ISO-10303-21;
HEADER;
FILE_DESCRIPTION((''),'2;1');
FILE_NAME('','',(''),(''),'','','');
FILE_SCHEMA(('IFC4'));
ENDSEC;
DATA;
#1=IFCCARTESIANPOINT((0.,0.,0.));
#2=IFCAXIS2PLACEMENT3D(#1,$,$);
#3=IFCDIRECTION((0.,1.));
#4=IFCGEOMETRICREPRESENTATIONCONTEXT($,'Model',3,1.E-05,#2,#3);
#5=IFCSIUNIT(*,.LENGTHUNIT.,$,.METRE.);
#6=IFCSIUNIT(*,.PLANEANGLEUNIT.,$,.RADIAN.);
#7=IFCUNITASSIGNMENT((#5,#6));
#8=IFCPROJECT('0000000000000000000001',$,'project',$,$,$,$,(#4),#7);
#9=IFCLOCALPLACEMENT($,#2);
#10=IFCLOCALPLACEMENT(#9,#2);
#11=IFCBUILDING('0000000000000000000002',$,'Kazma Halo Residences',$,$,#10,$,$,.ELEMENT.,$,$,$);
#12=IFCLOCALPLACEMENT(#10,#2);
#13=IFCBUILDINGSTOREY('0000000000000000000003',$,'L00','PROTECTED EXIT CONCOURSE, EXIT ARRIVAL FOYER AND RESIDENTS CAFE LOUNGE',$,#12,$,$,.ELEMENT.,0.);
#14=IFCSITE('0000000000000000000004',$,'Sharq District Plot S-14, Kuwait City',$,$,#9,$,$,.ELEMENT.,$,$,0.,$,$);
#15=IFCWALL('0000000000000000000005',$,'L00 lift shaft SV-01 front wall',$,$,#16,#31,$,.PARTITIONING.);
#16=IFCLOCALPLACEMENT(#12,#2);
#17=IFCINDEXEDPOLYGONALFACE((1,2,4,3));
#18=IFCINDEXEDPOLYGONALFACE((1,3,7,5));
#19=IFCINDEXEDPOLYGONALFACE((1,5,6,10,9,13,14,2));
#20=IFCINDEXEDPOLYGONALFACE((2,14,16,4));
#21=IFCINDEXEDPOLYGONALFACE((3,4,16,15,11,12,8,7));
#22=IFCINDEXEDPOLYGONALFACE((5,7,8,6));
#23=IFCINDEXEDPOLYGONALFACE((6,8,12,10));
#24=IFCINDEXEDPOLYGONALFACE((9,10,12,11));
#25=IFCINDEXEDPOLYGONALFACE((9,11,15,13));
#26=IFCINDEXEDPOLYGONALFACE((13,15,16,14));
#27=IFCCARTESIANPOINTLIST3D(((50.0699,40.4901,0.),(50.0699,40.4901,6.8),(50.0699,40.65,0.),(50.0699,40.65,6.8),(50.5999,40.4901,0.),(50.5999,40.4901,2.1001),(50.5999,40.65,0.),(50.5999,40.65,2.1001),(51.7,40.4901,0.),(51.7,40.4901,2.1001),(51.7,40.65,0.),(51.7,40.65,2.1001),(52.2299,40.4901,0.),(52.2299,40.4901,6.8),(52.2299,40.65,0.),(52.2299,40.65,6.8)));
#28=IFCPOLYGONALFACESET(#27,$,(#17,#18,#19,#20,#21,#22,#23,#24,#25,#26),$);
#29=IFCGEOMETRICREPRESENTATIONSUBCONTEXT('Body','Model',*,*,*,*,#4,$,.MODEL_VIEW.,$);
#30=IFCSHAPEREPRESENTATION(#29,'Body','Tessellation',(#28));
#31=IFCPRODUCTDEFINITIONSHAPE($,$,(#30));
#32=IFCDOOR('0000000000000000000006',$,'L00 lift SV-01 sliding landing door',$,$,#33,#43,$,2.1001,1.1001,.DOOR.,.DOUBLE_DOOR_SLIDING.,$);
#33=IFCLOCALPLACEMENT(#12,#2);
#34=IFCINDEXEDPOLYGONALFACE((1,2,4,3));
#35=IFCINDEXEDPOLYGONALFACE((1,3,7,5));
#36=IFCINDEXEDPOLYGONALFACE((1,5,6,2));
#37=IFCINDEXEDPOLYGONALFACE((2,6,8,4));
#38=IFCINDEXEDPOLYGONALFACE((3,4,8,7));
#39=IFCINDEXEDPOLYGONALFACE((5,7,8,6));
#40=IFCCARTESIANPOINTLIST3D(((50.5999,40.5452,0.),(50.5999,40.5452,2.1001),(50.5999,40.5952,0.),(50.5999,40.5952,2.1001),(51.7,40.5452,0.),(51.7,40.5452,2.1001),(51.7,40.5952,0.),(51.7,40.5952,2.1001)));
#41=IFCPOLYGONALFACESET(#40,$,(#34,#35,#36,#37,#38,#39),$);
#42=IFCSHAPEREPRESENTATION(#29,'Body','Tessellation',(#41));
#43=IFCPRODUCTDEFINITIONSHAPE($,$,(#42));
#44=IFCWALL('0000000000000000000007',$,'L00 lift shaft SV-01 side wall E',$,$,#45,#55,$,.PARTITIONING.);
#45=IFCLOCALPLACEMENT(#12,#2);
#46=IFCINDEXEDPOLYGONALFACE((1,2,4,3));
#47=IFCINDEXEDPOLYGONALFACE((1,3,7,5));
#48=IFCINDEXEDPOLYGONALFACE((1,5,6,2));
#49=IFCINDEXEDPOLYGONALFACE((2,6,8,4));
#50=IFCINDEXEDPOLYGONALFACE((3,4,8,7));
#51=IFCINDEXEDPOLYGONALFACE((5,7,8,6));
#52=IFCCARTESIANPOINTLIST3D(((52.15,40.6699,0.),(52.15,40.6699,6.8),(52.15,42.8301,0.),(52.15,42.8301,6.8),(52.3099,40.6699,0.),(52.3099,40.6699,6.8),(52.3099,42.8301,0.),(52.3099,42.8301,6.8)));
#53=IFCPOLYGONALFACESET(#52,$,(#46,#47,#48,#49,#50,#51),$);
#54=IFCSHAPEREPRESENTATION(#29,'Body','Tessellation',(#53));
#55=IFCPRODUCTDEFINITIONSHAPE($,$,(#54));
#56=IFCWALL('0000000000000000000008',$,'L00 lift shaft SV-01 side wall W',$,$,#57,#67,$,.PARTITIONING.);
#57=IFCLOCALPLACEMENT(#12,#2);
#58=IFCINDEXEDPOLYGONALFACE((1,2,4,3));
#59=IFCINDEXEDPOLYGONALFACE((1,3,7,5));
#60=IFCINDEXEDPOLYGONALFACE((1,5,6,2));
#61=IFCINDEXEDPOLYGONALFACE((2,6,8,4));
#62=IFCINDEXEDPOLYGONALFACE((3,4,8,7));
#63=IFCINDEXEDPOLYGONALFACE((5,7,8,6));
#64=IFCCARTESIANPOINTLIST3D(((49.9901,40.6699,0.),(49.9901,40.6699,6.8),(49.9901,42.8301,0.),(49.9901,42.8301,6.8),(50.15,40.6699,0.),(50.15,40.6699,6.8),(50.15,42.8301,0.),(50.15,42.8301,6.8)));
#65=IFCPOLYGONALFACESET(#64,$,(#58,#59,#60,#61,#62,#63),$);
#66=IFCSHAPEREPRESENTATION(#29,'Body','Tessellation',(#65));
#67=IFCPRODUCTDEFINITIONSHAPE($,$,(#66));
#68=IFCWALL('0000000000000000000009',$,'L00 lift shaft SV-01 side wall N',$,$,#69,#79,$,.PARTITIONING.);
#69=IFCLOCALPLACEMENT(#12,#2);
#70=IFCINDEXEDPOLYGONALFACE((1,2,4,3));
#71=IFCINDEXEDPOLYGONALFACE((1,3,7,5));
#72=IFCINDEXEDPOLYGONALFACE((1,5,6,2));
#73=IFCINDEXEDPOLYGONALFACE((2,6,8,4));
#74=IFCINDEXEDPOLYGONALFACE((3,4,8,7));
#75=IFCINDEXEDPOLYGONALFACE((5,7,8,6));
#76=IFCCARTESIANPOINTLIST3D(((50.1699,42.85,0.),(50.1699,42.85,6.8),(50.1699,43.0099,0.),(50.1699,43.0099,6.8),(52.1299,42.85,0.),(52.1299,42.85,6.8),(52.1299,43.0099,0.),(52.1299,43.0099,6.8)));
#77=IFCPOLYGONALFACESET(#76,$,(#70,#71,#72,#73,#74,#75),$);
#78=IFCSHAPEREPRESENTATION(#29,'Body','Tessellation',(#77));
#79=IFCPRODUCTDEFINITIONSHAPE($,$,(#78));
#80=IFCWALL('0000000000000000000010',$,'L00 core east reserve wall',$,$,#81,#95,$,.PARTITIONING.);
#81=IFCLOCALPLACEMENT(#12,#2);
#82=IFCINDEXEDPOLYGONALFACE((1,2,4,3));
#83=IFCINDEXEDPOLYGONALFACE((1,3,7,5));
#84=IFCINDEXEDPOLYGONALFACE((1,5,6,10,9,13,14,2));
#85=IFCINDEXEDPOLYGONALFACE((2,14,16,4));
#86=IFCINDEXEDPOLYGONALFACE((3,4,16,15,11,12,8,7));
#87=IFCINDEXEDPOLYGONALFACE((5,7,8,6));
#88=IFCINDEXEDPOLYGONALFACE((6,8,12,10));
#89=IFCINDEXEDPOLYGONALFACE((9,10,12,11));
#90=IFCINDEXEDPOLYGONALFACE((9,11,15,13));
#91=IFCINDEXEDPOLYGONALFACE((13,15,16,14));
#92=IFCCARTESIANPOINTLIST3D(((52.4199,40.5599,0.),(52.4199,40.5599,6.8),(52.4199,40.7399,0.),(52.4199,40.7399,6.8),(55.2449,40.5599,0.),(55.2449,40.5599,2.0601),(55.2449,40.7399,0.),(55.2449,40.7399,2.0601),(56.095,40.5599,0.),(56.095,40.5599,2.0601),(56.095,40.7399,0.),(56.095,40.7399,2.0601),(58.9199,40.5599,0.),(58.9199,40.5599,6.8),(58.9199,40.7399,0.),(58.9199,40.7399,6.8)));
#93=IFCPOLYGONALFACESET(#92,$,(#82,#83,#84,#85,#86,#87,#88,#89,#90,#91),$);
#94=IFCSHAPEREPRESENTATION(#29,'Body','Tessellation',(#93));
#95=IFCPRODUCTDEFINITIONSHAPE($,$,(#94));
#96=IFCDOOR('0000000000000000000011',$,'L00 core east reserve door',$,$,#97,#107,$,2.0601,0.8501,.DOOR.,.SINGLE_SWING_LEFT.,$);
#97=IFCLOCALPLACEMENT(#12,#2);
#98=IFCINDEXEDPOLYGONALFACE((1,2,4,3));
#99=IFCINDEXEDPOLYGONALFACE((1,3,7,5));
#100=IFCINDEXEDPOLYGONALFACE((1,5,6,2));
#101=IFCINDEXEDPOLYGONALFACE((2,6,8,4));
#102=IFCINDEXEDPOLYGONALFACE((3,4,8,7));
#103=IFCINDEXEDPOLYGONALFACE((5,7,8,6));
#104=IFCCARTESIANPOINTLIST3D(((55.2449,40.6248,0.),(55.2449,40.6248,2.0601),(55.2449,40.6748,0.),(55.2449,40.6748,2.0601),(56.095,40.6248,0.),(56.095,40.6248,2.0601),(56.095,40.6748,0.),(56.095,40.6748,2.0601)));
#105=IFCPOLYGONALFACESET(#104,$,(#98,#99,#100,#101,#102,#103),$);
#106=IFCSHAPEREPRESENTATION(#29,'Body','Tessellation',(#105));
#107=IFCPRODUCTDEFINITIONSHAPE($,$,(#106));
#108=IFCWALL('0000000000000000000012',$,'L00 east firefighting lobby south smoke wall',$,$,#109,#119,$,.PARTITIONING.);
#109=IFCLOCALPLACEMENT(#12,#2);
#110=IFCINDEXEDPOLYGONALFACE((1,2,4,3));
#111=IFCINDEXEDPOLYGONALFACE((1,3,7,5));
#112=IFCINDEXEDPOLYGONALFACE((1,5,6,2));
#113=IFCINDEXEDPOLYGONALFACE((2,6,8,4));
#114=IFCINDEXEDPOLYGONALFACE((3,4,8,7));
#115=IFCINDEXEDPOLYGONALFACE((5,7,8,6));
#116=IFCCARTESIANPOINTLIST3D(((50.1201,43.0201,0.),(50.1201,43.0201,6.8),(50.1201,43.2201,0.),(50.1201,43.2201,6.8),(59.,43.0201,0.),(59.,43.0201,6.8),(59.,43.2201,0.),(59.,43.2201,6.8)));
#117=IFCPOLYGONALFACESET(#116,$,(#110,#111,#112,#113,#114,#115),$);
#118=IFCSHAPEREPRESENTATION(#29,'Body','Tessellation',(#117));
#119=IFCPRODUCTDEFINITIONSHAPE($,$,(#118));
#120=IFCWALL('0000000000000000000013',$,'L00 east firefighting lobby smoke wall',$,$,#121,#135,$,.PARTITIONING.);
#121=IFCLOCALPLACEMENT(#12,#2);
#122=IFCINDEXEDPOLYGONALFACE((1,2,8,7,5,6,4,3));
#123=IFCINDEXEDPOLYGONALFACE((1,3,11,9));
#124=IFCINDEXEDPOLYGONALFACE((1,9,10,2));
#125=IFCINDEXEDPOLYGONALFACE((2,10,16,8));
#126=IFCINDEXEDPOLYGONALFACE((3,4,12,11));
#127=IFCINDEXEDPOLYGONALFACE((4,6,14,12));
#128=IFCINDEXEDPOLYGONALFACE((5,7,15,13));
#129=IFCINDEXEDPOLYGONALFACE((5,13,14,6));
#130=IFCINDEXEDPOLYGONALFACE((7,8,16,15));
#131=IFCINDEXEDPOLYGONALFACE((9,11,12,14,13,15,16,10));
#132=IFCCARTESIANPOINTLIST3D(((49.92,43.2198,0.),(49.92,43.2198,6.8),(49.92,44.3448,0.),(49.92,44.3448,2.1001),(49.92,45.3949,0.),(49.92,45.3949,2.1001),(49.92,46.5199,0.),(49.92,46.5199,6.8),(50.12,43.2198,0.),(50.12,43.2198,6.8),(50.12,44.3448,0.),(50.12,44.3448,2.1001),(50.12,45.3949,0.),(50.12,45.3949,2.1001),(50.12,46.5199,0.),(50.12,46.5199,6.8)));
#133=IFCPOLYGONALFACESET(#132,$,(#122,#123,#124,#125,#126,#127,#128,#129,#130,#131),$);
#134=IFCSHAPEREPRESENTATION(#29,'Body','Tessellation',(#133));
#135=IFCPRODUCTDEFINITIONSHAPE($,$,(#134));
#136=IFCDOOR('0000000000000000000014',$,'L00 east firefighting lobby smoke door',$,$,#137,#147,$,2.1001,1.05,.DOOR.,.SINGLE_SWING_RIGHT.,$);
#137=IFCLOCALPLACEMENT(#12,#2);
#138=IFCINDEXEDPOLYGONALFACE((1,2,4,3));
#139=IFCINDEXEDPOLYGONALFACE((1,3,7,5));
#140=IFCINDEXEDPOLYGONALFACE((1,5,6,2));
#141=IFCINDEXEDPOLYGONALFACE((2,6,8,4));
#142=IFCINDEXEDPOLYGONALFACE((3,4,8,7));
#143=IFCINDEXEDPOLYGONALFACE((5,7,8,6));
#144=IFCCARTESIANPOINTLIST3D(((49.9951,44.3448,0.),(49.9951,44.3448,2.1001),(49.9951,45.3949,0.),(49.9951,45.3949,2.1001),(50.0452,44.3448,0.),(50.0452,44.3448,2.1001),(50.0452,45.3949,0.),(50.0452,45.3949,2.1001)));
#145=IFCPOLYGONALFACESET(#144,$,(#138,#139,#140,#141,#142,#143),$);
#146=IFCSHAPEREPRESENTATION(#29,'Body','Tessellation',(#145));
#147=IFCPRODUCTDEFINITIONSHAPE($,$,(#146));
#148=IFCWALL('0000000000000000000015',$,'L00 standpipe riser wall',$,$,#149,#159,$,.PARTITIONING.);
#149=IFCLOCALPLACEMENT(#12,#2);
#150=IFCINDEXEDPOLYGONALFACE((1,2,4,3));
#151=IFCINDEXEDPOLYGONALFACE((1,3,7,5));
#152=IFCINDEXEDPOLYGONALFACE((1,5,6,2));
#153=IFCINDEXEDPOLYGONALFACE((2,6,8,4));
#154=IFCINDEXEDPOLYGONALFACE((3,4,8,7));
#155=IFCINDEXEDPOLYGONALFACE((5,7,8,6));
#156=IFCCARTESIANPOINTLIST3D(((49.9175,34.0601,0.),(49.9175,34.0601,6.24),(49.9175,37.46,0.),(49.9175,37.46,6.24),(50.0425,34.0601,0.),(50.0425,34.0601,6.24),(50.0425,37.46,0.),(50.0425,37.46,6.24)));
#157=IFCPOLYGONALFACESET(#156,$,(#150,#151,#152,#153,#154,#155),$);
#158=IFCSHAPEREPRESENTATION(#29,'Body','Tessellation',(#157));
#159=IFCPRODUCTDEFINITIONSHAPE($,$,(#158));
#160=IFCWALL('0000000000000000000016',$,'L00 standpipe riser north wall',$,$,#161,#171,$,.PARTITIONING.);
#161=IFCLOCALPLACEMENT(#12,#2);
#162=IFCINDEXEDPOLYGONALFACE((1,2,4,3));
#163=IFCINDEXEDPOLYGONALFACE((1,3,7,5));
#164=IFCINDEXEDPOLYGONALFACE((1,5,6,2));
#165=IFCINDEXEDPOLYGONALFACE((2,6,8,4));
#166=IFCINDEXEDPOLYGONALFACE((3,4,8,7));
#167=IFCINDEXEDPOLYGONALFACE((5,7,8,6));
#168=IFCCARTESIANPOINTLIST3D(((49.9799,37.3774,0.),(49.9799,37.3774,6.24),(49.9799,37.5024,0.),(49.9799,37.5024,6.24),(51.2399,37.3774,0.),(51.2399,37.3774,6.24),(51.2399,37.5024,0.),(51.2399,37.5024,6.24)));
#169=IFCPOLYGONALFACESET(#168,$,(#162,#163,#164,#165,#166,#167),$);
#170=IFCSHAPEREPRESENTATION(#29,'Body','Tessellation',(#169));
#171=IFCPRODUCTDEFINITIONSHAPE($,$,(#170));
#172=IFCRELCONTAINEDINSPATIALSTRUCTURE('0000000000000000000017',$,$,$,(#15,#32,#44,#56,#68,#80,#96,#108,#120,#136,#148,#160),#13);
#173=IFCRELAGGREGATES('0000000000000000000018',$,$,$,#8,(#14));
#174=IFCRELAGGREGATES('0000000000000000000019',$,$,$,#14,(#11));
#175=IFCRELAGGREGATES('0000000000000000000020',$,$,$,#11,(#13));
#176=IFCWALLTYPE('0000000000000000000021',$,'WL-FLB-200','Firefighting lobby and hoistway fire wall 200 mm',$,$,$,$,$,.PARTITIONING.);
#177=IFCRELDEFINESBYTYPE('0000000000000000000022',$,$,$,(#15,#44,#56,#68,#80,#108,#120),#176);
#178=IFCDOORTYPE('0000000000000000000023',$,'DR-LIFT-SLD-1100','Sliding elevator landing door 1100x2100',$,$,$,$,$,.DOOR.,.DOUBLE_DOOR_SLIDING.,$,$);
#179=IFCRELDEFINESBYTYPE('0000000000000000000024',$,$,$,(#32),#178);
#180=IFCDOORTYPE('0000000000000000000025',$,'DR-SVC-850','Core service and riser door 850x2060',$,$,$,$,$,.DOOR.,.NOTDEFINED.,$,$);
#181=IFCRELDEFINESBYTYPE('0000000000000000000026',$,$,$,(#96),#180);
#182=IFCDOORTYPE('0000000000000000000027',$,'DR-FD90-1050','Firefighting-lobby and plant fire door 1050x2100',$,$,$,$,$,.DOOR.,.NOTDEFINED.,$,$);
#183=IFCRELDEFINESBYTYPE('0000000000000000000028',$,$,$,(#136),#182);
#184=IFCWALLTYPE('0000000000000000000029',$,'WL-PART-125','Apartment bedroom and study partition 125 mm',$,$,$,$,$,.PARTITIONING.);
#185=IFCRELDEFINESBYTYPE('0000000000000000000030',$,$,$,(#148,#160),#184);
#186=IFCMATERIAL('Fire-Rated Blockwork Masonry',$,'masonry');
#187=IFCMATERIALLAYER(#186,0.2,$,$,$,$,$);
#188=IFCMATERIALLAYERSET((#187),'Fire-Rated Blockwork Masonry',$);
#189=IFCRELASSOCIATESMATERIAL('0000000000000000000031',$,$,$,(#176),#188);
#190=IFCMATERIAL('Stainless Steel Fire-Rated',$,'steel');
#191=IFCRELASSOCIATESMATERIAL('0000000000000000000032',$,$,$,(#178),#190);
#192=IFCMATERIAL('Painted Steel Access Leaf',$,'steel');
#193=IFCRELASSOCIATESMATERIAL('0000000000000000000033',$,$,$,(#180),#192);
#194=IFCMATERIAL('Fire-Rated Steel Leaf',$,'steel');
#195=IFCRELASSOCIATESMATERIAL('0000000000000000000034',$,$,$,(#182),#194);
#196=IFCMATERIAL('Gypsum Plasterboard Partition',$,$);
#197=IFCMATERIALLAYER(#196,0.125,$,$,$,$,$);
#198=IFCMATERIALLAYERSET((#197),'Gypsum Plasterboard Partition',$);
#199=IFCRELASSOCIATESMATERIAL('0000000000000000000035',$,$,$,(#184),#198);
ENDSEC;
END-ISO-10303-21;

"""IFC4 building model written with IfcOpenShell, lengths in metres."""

from ifc_helpers import new_model, si_unit, direction, frame, frame_2d, origin, place, context, subcontext, project, spatial, rectangle, extrude, material, layer, layer_set, type_object, element, fill, save


model = new_model("IFC4")

# Units and contexts
model_context = context("Model", 3, precision=1e-05, world=origin(), true_north=direction((0.0, 1.0)))
body_context = subcontext(model_context, "Body", "Model", "MODEL_VIEW")
ifc_project = project(units=[si_unit("LENGTHUNIT", "METRE"), si_unit("PLANEANGLEUNIT", "RADIAN")], contexts=[model_context])

# Site, building, storey
site_placement = place(None, origin())
site = spatial("IfcSite", under=ifc_project, at=site_placement, Name="Sharq District Plot S-14, Kuwait City", CompositionType="ELEMENT", RefElevation=0.0)
building_placement = place(site_placement, origin())
building = spatial("IfcBuilding", under=site, at=building_placement, Name="Kazma Halo Residences", CompositionType="ELEMENT")
storey_placement = place(building_placement, origin())
storey = spatial("IfcBuildingStorey", under=building, at=storey_placement, Name="L00", Description="PROTECTED EXIT CONCOURSE, EXIT ARRIVAL FOYER AND RESIDENTS CAFE LOUNGE", CompositionType="ELEMENT", Elevation=0.0)

# Wall, opening, door
ifc_material_1 = material(Name="Fire-Rated Blockwork Masonry", Category="masonry")
ifc_layer_1 = layer(ifc_material_1, 0.2)
ifc_layer_set_1 = layer_set([ifc_layer_1], Name="Fire-Rated Blockwork Masonry")
wall_type_1 = type_object("IfcWallType", Name="WL-FLB-200", Description="Firefighting lobby and hoistway fire wall 200 mm", PredefinedType="PARTITIONING", material=ifc_layer_set_1)
wall_1_placement = place(storey_placement, frame((52.23, 40.5701, 0.0), z_axis=(0.0, 0.0, 1.0), x_axis=(-1.0, 0.0, 0.0)))
wall_1 = element("IfcWall", 1, at=wall_1_placement, inside=storey, type_object=wall_type_1, Name="L00 lift shaft SV-01 front wall", PredefinedType="PARTITIONING", context=body_context, shape_type="SweptSolid", body=[
    extrude(rectangle(XDim=2.1599, YDim=0.1599, at=frame_2d((1.0801, 0.0))), origin(), (0.0, 0.0, 1.0), 6.8),
])
opening_1_placement = place(wall_1_placement, frame((0.53, 0.0, 0.0)))
opening_1 = element("IfcOpeningElement", 2, at=opening_1_placement, cuts=wall_1, PredefinedType="OPENING", context=body_context, shape_type="SweptSolid", body=[
    extrude(rectangle(XDim=1.1001, YDim=2.1001, at=frame_2d((0.55, 1.05))), frame((0.0, 0.0898, 0.0), z_axis=(0.0, -1.0, 0.0), x_axis=(1.0, 0.0, 0.0)), (0.0, 0.0, 1.0), 0.1799),
])
ifc_material_2 = material(Name="Stainless Steel Fire-Rated", Category="steel")
door_type_1 = type_object("IfcDoorType", Name="DR-LIFT-SLD-1100", Description="Sliding elevator landing door 1100x2100", OperationType="DOUBLE_DOOR_SLIDING", PredefinedType="DOOR", material=ifc_material_2)
door_1_placement = place(opening_1_placement, origin())
door_1 = element("IfcDoor", 3, at=door_1_placement, inside=storey, type_object=door_type_1, Name="L00 lift SV-01 sliding landing door", OperationType="DOUBLE_DOOR_SLIDING", OverallHeight=2.1001, OverallWidth=1.1001, PredefinedType="DOOR", context=body_context, shape_type="SweptSolid", body=[
    extrude(rectangle(XDim=1.1001, YDim=2.1001, at=frame_2d((0.55, 1.05))), frame((0.0, 0.0249, 0.0), z_axis=(0.0, -1.0, 0.0), x_axis=(1.0, 0.0, 0.0)), (0.0, 0.0, 1.0), 0.05),
])
fill(opening_1, door_1)

# Walls
for number, where, z_axis, x_axis, name in (
    (4, (52.23, 40.6699, 0.0), (0.0, 0.0, 1.0), (0.0, 1.0, 0.0), "L00 lift shaft SV-01 side wall E"),
    (5, (50.0701, 40.6699, 0.0), (0.0, 0.0, 1.0), (0.0, 1.0, 0.0), "L00 lift shaft SV-01 side wall W"),
):
    element("IfcWall", number, at=place(storey_placement, frame(where, z_axis=z_axis, x_axis=x_axis)), inside=storey, type_object=wall_type_1, Name=name, PredefinedType="PARTITIONING", context=body_context, shape_type="SweptSolid", body=[
        extrude(rectangle(XDim=2.1602, YDim=0.1599, at=frame_2d((1.0801, 0.0))), origin(), (0.0, 0.0, 1.0), 6.8),
    ])
wall_2_placement = place(storey_placement, frame((50.1699, 42.9299, 0.0), z_axis=(0.0, 0.0, 1.0), x_axis=(1.0, 0.0, 0.0)))
element("IfcWall", 6, at=wall_2_placement, inside=storey, type_object=wall_type_1, Name="L00 lift shaft SV-01 side wall N", PredefinedType="PARTITIONING", context=body_context, shape_type="SweptSolid", body=[
    extrude(rectangle(XDim=1.96, YDim=0.1599, at=frame_2d((0.98, 0.0))), origin(), (0.0, 0.0, 1.0), 6.8),
])

# Wall, opening, door
wall_3_placement = place(storey_placement, frame((52.4199, 40.6499, 0.0), z_axis=(0.0, 0.0, 1.0), x_axis=(1.0, 0.0, 0.0)))
wall_3 = element("IfcWall", 7, at=wall_3_placement, inside=storey, type_object=wall_type_1, Name="L00 core east reserve wall", PredefinedType="PARTITIONING", context=body_context, shape_type="SweptSolid", body=[
    extrude(rectangle(XDim=6.5, YDim=0.1799, at=frame_2d((3.25, 0.0))), origin(), (0.0, 0.0, 1.0), 6.8),
])
opening_2_placement = place(wall_3_placement, frame((2.825, 0.0, 0.0)))
opening_2 = element("IfcOpeningElement", 8, at=opening_2_placement, cuts=wall_3, PredefinedType="OPENING", context=body_context, shape_type="SweptSolid", body=[
    extrude(rectangle(XDim=0.8501, YDim=2.0601, at=frame_2d((0.425, 1.03))), frame((0.0, 0.0999, 0.0), z_axis=(0.0, -1.0, 0.0), x_axis=(1.0, 0.0, 0.0)), (0.0, 0.0, 1.0), 0.2),
])
ifc_material_3 = material(Name="Painted Steel Access Leaf", Category="steel")
door_type_2 = type_object("IfcDoorType", Name="DR-SVC-850", Description="Core service and riser door 850x2060", OperationType="NOTDEFINED", PredefinedType="DOOR", material=ifc_material_3)
door_2_placement = place(opening_2_placement, origin())
door_2 = element("IfcDoor", 9, at=door_2_placement, inside=storey, type_object=door_type_2, Name="L00 core east reserve door", OperationType="SINGLE_SWING_LEFT", OverallHeight=2.0601, OverallWidth=0.8501, PredefinedType="DOOR", context=body_context, shape_type="SweptSolid", body=[
    extrude(rectangle(XDim=0.8501, YDim=2.0601, at=frame_2d((0.425, 1.03))), frame((0.0, 0.0249, 0.0), z_axis=(0.0, -1.0, 0.0), x_axis=(1.0, 0.0, 0.0)), (0.0, 0.0, 1.0), 0.05),
])
fill(opening_2, door_2)

# Wall
wall_4_placement = place(storey_placement, frame((50.1201, 43.1201, 0.0), z_axis=(0.0, 0.0, 1.0), x_axis=(1.0, 0.0, 0.0)))
element("IfcWall", 10, at=wall_4_placement, inside=storey, type_object=wall_type_1, Name="L00 east firefighting lobby south smoke wall", PredefinedType="PARTITIONING", context=body_context, shape_type="SweptSolid", body=[
    extrude(rectangle(XDim=8.8799, YDim=0.2, at=frame_2d((4.4399, 0.0))), origin(), (0.0, 0.0, 1.0), 6.8),
])

# Wall, opening, door
wall_5_placement = place(storey_placement, frame((50.02, 43.22, 0.0), z_axis=(0.0, 0.0, 1.0), x_axis=(0.0, 1.0, 0.0)))
wall_5 = element("IfcWall", 11, at=wall_5_placement, inside=storey, type_object=wall_type_1, Name="L00 east firefighting lobby smoke wall", PredefinedType="PARTITIONING", context=body_context, shape_type="SweptSolid", body=[
    extrude(rectangle(XDim=3.3, YDim=0.2, at=frame_2d((1.6499, 0.0))), origin(), (0.0, 0.0, 1.0), 6.8),
])
opening_3_placement = place(wall_5_placement, frame((1.125, 0.0, 0.0)))
opening_3 = element("IfcOpeningElement", 12, at=opening_3_placement, cuts=wall_5, PredefinedType="OPENING", context=body_context, shape_type="SweptSolid", body=[
    extrude(rectangle(XDim=1.05, YDim=2.1001, at=frame_2d((0.5249, 1.05))), frame((0.0, 0.1099, 0.0), z_axis=(0.0, -1.0, 0.0), x_axis=(1.0, 0.0, 0.0)), (0.0, 0.0, 1.0), 0.22),
])
ifc_material_4 = material(Name="Fire-Rated Steel Leaf", Category="steel")
door_type_3 = type_object("IfcDoorType", Name="DR-FD90-1050", Description="Firefighting-lobby and plant fire door 1050x2100", OperationType="NOTDEFINED", PredefinedType="DOOR", material=ifc_material_4)
door_3_placement = place(opening_3_placement, origin())
door_3 = element("IfcDoor", 13, at=door_3_placement, inside=storey, type_object=door_type_3, Name="L00 east firefighting lobby smoke door", OperationType="SINGLE_SWING_RIGHT", OverallHeight=2.1001, OverallWidth=1.05, PredefinedType="DOOR", context=body_context, shape_type="SweptSolid", body=[
    extrude(rectangle(XDim=1.05, YDim=2.1001, at=frame_2d((0.5249, 1.05))), frame((0.0, 0.0249, 0.0), z_axis=(0.0, -1.0, 0.0), x_axis=(1.0, 0.0, 0.0)), (0.0, 0.0, 1.0), 0.05),
])
fill(opening_3, door_3)

# Walls
ifc_material_5 = material(Name="Gypsum Plasterboard Partition")
ifc_layer_2 = layer(ifc_material_5, 0.125)
ifc_layer_set_2 = layer_set([ifc_layer_2], Name="Gypsum Plasterboard Partition")
wall_type_2 = type_object("IfcWallType", Name="WL-PART-125", Description="Apartment bedroom and study partition 125 mm", PredefinedType="PARTITIONING", material=ifc_layer_set_2)
wall_6_placement = place(storey_placement, frame((49.98, 34.0601, 0.0), z_axis=(0.0, 0.0, 1.0), x_axis=(0.0, 1.0, 0.0)))
element("IfcWall", 14, at=wall_6_placement, inside=storey, type_object=wall_type_2, Name="L00 standpipe riser wall", PredefinedType="PARTITIONING", context=body_context, shape_type="SweptSolid", body=[
    extrude(rectangle(XDim=3.3999, YDim=0.125, at=frame_2d((1.7, 0.0))), origin(), (0.0, 0.0, 1.0), 6.24),
])
wall_7_placement = place(storey_placement, frame((49.98, 37.4399, 0.0), z_axis=(0.0, 0.0, 1.0), x_axis=(1.0, 0.0, 0.0)))
element("IfcWall", 15, at=wall_7_placement, inside=storey, type_object=wall_type_2, Name="L00 standpipe riser north wall", PredefinedType="PARTITIONING", context=body_context, shape_type="SweptSolid", body=[
    extrude(rectangle(XDim=1.26, YDim=0.125, at=frame_2d((0.6299, 0.0))), origin(), (0.0, 0.0, 1.0), 6.24),
])

save(model, "model.ifc")
